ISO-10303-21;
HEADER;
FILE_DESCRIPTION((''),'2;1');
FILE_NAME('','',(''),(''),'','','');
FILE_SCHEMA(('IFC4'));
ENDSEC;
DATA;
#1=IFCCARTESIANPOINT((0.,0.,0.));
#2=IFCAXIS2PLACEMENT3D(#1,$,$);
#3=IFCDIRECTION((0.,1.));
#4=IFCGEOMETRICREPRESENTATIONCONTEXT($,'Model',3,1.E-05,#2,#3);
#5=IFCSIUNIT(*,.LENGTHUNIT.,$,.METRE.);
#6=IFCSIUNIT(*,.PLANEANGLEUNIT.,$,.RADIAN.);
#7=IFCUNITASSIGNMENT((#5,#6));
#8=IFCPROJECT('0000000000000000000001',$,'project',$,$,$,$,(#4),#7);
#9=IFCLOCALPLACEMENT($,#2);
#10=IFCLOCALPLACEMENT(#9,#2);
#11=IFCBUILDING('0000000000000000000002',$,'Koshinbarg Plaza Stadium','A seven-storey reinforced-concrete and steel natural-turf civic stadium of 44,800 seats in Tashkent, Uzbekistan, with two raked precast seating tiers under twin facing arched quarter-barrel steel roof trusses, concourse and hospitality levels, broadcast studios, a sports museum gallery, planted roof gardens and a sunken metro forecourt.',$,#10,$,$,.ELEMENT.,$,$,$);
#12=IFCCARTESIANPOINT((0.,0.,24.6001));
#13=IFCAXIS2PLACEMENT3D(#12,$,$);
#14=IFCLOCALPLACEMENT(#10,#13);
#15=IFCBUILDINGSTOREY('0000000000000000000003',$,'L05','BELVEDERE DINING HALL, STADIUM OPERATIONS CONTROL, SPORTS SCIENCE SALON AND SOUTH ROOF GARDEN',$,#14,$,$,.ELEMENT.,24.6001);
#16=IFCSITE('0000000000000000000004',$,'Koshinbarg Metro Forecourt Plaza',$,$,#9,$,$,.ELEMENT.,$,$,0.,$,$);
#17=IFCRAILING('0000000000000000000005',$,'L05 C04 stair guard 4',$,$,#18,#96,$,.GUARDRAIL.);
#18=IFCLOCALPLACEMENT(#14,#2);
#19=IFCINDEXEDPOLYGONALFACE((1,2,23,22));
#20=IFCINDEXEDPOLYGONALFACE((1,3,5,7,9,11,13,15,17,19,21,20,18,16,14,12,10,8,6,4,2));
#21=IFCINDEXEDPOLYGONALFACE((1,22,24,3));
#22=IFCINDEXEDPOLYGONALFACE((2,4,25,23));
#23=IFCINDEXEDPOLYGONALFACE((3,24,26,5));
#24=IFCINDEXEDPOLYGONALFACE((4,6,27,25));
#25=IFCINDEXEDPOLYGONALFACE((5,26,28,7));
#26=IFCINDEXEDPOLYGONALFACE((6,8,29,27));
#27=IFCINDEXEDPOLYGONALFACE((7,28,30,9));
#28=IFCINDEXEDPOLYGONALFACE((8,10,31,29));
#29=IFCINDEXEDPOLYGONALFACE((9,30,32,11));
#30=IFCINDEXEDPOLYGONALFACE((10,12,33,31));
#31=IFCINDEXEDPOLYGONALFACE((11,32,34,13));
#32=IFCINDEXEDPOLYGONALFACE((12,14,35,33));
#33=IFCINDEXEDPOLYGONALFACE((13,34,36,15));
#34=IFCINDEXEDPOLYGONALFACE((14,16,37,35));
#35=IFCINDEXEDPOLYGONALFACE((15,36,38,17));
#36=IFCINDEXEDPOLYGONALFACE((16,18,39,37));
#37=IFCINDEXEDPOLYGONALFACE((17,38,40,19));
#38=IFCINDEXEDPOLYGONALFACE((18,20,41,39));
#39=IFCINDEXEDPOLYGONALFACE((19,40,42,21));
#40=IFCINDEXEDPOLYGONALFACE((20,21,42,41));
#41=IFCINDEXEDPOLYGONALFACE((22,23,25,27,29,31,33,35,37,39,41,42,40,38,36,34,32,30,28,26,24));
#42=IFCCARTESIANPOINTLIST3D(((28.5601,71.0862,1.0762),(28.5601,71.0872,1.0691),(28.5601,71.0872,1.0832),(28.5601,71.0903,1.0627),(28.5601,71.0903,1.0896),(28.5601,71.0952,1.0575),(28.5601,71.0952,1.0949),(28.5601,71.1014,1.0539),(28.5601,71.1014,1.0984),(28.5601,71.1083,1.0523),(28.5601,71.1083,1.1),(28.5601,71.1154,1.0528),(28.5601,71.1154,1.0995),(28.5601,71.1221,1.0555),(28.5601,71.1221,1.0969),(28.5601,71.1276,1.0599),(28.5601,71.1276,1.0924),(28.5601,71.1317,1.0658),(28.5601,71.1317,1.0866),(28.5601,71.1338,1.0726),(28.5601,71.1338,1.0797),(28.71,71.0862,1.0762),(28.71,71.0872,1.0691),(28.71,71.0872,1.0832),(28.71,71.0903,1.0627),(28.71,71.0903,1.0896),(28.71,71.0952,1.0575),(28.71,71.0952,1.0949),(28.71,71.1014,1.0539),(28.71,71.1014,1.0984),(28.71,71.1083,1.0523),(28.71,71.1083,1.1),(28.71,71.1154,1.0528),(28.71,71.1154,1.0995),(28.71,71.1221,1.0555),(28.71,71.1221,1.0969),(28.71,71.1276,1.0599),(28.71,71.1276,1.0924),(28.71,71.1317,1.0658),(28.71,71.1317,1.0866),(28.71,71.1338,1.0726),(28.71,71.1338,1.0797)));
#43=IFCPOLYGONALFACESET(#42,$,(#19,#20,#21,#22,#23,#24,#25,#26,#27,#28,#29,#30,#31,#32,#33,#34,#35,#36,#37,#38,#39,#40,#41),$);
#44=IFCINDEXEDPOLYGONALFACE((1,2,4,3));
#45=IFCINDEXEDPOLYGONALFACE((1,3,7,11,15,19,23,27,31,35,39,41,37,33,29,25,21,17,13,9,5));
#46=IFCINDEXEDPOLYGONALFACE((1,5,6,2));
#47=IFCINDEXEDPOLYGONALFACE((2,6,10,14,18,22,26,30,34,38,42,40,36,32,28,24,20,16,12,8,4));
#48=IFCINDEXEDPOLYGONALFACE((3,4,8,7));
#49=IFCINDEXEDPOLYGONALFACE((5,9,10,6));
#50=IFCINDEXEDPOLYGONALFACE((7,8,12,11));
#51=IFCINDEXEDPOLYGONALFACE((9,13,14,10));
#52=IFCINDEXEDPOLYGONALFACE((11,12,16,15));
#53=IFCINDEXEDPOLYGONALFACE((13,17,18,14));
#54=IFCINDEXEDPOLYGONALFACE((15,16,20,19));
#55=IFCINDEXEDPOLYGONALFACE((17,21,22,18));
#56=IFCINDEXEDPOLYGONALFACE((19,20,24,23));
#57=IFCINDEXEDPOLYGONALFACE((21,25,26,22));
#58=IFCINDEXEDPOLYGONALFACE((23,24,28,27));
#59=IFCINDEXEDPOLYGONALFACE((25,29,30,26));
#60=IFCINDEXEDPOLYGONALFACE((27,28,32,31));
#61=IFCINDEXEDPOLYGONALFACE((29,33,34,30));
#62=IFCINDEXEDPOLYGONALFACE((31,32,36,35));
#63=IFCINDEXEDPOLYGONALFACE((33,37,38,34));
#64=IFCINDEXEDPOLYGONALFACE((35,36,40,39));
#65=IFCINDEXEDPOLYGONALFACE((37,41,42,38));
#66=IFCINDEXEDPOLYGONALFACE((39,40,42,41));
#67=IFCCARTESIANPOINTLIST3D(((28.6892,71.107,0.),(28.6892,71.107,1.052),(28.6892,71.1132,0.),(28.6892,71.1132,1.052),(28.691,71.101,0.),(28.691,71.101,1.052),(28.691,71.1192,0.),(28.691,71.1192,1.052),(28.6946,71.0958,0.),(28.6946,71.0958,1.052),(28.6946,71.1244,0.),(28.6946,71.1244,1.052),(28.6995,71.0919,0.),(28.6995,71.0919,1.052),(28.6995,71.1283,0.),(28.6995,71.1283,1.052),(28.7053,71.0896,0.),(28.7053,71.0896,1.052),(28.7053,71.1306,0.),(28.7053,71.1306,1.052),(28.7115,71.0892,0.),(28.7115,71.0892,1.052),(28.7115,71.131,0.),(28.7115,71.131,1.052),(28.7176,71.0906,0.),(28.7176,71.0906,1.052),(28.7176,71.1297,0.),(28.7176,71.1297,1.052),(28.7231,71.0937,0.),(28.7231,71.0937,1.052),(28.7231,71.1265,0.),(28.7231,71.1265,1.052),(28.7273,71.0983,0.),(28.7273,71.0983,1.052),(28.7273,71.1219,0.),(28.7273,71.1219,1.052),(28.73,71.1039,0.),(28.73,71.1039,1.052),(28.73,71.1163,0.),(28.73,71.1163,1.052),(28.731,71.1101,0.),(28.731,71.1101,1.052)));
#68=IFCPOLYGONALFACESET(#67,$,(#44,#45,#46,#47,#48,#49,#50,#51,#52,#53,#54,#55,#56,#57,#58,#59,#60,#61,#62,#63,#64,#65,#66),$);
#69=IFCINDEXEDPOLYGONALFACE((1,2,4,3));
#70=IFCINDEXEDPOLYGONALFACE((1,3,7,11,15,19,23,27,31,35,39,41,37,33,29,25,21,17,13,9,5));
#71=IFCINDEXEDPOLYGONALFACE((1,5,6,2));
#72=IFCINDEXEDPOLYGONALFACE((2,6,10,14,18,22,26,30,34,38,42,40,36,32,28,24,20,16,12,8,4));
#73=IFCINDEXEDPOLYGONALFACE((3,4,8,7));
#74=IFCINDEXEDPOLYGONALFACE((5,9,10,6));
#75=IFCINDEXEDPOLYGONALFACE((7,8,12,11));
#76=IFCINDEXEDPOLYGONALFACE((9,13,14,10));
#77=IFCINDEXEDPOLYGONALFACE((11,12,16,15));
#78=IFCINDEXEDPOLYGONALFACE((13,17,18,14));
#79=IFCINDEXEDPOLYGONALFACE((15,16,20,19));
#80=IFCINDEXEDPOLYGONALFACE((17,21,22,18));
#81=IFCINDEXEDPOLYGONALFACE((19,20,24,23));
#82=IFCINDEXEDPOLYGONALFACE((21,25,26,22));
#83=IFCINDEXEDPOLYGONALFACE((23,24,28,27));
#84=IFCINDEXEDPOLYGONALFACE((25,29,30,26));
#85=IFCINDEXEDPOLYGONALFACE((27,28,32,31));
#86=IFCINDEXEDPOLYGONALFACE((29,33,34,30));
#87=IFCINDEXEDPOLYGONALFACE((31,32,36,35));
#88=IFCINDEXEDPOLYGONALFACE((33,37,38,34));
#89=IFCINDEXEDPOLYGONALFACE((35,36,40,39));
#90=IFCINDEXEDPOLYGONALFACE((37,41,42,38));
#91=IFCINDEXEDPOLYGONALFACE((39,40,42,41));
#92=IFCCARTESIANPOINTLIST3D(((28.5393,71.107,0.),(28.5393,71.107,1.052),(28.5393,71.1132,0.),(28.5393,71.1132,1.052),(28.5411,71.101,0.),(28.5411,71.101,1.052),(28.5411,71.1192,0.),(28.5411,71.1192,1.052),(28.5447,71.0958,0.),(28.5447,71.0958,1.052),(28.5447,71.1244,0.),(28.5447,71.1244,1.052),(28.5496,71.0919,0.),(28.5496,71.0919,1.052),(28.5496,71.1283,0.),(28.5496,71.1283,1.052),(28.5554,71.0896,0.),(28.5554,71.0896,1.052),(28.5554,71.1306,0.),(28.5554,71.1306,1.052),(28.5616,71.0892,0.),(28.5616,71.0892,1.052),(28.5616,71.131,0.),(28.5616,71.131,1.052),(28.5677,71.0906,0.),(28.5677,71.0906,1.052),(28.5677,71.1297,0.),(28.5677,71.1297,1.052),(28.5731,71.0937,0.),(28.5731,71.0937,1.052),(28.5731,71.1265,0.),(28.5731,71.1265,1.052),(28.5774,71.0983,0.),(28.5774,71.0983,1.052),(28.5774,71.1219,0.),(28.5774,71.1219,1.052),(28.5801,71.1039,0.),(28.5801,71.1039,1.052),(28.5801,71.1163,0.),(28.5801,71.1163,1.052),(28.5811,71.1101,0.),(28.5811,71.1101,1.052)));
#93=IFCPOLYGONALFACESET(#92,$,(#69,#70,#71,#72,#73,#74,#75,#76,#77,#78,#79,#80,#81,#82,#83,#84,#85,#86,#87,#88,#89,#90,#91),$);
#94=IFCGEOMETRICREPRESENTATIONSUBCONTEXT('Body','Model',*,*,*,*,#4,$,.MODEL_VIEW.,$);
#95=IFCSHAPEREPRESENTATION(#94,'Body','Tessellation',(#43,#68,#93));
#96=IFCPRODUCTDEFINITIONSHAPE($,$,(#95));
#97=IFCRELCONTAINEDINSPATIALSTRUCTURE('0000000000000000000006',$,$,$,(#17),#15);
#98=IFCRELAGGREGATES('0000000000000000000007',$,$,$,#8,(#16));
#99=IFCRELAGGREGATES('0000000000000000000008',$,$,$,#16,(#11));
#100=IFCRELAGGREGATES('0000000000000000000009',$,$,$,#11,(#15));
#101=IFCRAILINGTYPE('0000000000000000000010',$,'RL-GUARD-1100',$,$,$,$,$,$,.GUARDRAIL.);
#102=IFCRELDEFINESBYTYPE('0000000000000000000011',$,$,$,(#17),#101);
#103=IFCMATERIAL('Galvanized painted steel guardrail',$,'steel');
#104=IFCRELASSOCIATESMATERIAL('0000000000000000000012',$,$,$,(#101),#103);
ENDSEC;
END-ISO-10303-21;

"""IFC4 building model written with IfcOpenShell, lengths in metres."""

from ifc_helpers import new_model, si_unit, direction, frame, origin, origin_2d, place, context, subcontext, project, spatial, circle, extrude, material, type_object, element, save


model = new_model("IFC4")

# Units and contexts
model_context = context("Model", 3, precision=1e-05, world=origin(), true_north=direction((0.0, 1.0)))
body_context = subcontext(model_context, "Body", "Model", "MODEL_VIEW")
ifc_project = project(units=[si_unit("LENGTHUNIT", "METRE"), si_unit("PLANEANGLEUNIT", "RADIAN")], contexts=[model_context])

# Site, building, storey
site_placement = place(None, origin())
site = spatial("IfcSite", under=ifc_project, at=site_placement, Name="Koshinbarg Metro Forecourt Plaza", CompositionType="ELEMENT", RefElevation=0.0)
building_placement = place(site_placement, origin())
building = spatial("IfcBuilding", under=site, at=building_placement, Name="Koshinbarg Plaza Stadium", Description="A seven-storey reinforced-concrete and steel natural-turf civic stadium of 44,800 seats in Tashkent, Uzbekistan, with two raked precast seating tiers under twin facing arched quarter-barrel steel roof trusses, concourse and hospitality levels, broadcast studios, a sports museum gallery, planted roof gardens and a sunken metro forecourt.", CompositionType="ELEMENT")
storey_placement = place(building_placement, frame((0.0, 0.0, 24.6001)))
storey = spatial("IfcBuildingStorey", under=building, at=storey_placement, Name="L05", Description="BELVEDERE DINING HALL, STADIUM OPERATIONS CONTROL, SPORTS SCIENCE SALON AND SOUTH ROOF GARDEN", CompositionType="ELEMENT", Elevation=24.6001)

# Railing
ifc_material_1 = material(Name="Galvanized painted steel guardrail", Category="steel")
railing_type_1 = type_object("IfcRailingType", Name="RL-GUARD-1100", PredefinedType="GUARDRAIL", material=ifc_material_1)
railing_1_placement = place(storey_placement, frame((28.71, 71.1101, 0.0)))
element("IfcRailing", 1, at=railing_1_placement, inside=storey, type_object=railing_type_1, Name="L05 C04 stair guard 4", PredefinedType="GUARDRAIL", context=body_context, shape_type="SweptSolid", body=[
    extrude(circle(Radius=0.0239, at=origin_2d()), frame((0.0, 0.0, 1.0762), z_axis=(-1.0, 0.0, 0.0), x_axis=(0.0, -1.0, 0.0)), (0.0, 0.0, 1.0), 0.1499),
    extrude(circle(Radius=0.021, at=origin_2d()), origin(), (0.0, 0.0, 1.0), 1.052),
    extrude(circle(Radius=0.021, at=origin_2d()), frame((-0.1499, 0.0, 0.0)), (0.0, 0.0, 1.0), 1.052),
])

save(model, "model.ifc")
